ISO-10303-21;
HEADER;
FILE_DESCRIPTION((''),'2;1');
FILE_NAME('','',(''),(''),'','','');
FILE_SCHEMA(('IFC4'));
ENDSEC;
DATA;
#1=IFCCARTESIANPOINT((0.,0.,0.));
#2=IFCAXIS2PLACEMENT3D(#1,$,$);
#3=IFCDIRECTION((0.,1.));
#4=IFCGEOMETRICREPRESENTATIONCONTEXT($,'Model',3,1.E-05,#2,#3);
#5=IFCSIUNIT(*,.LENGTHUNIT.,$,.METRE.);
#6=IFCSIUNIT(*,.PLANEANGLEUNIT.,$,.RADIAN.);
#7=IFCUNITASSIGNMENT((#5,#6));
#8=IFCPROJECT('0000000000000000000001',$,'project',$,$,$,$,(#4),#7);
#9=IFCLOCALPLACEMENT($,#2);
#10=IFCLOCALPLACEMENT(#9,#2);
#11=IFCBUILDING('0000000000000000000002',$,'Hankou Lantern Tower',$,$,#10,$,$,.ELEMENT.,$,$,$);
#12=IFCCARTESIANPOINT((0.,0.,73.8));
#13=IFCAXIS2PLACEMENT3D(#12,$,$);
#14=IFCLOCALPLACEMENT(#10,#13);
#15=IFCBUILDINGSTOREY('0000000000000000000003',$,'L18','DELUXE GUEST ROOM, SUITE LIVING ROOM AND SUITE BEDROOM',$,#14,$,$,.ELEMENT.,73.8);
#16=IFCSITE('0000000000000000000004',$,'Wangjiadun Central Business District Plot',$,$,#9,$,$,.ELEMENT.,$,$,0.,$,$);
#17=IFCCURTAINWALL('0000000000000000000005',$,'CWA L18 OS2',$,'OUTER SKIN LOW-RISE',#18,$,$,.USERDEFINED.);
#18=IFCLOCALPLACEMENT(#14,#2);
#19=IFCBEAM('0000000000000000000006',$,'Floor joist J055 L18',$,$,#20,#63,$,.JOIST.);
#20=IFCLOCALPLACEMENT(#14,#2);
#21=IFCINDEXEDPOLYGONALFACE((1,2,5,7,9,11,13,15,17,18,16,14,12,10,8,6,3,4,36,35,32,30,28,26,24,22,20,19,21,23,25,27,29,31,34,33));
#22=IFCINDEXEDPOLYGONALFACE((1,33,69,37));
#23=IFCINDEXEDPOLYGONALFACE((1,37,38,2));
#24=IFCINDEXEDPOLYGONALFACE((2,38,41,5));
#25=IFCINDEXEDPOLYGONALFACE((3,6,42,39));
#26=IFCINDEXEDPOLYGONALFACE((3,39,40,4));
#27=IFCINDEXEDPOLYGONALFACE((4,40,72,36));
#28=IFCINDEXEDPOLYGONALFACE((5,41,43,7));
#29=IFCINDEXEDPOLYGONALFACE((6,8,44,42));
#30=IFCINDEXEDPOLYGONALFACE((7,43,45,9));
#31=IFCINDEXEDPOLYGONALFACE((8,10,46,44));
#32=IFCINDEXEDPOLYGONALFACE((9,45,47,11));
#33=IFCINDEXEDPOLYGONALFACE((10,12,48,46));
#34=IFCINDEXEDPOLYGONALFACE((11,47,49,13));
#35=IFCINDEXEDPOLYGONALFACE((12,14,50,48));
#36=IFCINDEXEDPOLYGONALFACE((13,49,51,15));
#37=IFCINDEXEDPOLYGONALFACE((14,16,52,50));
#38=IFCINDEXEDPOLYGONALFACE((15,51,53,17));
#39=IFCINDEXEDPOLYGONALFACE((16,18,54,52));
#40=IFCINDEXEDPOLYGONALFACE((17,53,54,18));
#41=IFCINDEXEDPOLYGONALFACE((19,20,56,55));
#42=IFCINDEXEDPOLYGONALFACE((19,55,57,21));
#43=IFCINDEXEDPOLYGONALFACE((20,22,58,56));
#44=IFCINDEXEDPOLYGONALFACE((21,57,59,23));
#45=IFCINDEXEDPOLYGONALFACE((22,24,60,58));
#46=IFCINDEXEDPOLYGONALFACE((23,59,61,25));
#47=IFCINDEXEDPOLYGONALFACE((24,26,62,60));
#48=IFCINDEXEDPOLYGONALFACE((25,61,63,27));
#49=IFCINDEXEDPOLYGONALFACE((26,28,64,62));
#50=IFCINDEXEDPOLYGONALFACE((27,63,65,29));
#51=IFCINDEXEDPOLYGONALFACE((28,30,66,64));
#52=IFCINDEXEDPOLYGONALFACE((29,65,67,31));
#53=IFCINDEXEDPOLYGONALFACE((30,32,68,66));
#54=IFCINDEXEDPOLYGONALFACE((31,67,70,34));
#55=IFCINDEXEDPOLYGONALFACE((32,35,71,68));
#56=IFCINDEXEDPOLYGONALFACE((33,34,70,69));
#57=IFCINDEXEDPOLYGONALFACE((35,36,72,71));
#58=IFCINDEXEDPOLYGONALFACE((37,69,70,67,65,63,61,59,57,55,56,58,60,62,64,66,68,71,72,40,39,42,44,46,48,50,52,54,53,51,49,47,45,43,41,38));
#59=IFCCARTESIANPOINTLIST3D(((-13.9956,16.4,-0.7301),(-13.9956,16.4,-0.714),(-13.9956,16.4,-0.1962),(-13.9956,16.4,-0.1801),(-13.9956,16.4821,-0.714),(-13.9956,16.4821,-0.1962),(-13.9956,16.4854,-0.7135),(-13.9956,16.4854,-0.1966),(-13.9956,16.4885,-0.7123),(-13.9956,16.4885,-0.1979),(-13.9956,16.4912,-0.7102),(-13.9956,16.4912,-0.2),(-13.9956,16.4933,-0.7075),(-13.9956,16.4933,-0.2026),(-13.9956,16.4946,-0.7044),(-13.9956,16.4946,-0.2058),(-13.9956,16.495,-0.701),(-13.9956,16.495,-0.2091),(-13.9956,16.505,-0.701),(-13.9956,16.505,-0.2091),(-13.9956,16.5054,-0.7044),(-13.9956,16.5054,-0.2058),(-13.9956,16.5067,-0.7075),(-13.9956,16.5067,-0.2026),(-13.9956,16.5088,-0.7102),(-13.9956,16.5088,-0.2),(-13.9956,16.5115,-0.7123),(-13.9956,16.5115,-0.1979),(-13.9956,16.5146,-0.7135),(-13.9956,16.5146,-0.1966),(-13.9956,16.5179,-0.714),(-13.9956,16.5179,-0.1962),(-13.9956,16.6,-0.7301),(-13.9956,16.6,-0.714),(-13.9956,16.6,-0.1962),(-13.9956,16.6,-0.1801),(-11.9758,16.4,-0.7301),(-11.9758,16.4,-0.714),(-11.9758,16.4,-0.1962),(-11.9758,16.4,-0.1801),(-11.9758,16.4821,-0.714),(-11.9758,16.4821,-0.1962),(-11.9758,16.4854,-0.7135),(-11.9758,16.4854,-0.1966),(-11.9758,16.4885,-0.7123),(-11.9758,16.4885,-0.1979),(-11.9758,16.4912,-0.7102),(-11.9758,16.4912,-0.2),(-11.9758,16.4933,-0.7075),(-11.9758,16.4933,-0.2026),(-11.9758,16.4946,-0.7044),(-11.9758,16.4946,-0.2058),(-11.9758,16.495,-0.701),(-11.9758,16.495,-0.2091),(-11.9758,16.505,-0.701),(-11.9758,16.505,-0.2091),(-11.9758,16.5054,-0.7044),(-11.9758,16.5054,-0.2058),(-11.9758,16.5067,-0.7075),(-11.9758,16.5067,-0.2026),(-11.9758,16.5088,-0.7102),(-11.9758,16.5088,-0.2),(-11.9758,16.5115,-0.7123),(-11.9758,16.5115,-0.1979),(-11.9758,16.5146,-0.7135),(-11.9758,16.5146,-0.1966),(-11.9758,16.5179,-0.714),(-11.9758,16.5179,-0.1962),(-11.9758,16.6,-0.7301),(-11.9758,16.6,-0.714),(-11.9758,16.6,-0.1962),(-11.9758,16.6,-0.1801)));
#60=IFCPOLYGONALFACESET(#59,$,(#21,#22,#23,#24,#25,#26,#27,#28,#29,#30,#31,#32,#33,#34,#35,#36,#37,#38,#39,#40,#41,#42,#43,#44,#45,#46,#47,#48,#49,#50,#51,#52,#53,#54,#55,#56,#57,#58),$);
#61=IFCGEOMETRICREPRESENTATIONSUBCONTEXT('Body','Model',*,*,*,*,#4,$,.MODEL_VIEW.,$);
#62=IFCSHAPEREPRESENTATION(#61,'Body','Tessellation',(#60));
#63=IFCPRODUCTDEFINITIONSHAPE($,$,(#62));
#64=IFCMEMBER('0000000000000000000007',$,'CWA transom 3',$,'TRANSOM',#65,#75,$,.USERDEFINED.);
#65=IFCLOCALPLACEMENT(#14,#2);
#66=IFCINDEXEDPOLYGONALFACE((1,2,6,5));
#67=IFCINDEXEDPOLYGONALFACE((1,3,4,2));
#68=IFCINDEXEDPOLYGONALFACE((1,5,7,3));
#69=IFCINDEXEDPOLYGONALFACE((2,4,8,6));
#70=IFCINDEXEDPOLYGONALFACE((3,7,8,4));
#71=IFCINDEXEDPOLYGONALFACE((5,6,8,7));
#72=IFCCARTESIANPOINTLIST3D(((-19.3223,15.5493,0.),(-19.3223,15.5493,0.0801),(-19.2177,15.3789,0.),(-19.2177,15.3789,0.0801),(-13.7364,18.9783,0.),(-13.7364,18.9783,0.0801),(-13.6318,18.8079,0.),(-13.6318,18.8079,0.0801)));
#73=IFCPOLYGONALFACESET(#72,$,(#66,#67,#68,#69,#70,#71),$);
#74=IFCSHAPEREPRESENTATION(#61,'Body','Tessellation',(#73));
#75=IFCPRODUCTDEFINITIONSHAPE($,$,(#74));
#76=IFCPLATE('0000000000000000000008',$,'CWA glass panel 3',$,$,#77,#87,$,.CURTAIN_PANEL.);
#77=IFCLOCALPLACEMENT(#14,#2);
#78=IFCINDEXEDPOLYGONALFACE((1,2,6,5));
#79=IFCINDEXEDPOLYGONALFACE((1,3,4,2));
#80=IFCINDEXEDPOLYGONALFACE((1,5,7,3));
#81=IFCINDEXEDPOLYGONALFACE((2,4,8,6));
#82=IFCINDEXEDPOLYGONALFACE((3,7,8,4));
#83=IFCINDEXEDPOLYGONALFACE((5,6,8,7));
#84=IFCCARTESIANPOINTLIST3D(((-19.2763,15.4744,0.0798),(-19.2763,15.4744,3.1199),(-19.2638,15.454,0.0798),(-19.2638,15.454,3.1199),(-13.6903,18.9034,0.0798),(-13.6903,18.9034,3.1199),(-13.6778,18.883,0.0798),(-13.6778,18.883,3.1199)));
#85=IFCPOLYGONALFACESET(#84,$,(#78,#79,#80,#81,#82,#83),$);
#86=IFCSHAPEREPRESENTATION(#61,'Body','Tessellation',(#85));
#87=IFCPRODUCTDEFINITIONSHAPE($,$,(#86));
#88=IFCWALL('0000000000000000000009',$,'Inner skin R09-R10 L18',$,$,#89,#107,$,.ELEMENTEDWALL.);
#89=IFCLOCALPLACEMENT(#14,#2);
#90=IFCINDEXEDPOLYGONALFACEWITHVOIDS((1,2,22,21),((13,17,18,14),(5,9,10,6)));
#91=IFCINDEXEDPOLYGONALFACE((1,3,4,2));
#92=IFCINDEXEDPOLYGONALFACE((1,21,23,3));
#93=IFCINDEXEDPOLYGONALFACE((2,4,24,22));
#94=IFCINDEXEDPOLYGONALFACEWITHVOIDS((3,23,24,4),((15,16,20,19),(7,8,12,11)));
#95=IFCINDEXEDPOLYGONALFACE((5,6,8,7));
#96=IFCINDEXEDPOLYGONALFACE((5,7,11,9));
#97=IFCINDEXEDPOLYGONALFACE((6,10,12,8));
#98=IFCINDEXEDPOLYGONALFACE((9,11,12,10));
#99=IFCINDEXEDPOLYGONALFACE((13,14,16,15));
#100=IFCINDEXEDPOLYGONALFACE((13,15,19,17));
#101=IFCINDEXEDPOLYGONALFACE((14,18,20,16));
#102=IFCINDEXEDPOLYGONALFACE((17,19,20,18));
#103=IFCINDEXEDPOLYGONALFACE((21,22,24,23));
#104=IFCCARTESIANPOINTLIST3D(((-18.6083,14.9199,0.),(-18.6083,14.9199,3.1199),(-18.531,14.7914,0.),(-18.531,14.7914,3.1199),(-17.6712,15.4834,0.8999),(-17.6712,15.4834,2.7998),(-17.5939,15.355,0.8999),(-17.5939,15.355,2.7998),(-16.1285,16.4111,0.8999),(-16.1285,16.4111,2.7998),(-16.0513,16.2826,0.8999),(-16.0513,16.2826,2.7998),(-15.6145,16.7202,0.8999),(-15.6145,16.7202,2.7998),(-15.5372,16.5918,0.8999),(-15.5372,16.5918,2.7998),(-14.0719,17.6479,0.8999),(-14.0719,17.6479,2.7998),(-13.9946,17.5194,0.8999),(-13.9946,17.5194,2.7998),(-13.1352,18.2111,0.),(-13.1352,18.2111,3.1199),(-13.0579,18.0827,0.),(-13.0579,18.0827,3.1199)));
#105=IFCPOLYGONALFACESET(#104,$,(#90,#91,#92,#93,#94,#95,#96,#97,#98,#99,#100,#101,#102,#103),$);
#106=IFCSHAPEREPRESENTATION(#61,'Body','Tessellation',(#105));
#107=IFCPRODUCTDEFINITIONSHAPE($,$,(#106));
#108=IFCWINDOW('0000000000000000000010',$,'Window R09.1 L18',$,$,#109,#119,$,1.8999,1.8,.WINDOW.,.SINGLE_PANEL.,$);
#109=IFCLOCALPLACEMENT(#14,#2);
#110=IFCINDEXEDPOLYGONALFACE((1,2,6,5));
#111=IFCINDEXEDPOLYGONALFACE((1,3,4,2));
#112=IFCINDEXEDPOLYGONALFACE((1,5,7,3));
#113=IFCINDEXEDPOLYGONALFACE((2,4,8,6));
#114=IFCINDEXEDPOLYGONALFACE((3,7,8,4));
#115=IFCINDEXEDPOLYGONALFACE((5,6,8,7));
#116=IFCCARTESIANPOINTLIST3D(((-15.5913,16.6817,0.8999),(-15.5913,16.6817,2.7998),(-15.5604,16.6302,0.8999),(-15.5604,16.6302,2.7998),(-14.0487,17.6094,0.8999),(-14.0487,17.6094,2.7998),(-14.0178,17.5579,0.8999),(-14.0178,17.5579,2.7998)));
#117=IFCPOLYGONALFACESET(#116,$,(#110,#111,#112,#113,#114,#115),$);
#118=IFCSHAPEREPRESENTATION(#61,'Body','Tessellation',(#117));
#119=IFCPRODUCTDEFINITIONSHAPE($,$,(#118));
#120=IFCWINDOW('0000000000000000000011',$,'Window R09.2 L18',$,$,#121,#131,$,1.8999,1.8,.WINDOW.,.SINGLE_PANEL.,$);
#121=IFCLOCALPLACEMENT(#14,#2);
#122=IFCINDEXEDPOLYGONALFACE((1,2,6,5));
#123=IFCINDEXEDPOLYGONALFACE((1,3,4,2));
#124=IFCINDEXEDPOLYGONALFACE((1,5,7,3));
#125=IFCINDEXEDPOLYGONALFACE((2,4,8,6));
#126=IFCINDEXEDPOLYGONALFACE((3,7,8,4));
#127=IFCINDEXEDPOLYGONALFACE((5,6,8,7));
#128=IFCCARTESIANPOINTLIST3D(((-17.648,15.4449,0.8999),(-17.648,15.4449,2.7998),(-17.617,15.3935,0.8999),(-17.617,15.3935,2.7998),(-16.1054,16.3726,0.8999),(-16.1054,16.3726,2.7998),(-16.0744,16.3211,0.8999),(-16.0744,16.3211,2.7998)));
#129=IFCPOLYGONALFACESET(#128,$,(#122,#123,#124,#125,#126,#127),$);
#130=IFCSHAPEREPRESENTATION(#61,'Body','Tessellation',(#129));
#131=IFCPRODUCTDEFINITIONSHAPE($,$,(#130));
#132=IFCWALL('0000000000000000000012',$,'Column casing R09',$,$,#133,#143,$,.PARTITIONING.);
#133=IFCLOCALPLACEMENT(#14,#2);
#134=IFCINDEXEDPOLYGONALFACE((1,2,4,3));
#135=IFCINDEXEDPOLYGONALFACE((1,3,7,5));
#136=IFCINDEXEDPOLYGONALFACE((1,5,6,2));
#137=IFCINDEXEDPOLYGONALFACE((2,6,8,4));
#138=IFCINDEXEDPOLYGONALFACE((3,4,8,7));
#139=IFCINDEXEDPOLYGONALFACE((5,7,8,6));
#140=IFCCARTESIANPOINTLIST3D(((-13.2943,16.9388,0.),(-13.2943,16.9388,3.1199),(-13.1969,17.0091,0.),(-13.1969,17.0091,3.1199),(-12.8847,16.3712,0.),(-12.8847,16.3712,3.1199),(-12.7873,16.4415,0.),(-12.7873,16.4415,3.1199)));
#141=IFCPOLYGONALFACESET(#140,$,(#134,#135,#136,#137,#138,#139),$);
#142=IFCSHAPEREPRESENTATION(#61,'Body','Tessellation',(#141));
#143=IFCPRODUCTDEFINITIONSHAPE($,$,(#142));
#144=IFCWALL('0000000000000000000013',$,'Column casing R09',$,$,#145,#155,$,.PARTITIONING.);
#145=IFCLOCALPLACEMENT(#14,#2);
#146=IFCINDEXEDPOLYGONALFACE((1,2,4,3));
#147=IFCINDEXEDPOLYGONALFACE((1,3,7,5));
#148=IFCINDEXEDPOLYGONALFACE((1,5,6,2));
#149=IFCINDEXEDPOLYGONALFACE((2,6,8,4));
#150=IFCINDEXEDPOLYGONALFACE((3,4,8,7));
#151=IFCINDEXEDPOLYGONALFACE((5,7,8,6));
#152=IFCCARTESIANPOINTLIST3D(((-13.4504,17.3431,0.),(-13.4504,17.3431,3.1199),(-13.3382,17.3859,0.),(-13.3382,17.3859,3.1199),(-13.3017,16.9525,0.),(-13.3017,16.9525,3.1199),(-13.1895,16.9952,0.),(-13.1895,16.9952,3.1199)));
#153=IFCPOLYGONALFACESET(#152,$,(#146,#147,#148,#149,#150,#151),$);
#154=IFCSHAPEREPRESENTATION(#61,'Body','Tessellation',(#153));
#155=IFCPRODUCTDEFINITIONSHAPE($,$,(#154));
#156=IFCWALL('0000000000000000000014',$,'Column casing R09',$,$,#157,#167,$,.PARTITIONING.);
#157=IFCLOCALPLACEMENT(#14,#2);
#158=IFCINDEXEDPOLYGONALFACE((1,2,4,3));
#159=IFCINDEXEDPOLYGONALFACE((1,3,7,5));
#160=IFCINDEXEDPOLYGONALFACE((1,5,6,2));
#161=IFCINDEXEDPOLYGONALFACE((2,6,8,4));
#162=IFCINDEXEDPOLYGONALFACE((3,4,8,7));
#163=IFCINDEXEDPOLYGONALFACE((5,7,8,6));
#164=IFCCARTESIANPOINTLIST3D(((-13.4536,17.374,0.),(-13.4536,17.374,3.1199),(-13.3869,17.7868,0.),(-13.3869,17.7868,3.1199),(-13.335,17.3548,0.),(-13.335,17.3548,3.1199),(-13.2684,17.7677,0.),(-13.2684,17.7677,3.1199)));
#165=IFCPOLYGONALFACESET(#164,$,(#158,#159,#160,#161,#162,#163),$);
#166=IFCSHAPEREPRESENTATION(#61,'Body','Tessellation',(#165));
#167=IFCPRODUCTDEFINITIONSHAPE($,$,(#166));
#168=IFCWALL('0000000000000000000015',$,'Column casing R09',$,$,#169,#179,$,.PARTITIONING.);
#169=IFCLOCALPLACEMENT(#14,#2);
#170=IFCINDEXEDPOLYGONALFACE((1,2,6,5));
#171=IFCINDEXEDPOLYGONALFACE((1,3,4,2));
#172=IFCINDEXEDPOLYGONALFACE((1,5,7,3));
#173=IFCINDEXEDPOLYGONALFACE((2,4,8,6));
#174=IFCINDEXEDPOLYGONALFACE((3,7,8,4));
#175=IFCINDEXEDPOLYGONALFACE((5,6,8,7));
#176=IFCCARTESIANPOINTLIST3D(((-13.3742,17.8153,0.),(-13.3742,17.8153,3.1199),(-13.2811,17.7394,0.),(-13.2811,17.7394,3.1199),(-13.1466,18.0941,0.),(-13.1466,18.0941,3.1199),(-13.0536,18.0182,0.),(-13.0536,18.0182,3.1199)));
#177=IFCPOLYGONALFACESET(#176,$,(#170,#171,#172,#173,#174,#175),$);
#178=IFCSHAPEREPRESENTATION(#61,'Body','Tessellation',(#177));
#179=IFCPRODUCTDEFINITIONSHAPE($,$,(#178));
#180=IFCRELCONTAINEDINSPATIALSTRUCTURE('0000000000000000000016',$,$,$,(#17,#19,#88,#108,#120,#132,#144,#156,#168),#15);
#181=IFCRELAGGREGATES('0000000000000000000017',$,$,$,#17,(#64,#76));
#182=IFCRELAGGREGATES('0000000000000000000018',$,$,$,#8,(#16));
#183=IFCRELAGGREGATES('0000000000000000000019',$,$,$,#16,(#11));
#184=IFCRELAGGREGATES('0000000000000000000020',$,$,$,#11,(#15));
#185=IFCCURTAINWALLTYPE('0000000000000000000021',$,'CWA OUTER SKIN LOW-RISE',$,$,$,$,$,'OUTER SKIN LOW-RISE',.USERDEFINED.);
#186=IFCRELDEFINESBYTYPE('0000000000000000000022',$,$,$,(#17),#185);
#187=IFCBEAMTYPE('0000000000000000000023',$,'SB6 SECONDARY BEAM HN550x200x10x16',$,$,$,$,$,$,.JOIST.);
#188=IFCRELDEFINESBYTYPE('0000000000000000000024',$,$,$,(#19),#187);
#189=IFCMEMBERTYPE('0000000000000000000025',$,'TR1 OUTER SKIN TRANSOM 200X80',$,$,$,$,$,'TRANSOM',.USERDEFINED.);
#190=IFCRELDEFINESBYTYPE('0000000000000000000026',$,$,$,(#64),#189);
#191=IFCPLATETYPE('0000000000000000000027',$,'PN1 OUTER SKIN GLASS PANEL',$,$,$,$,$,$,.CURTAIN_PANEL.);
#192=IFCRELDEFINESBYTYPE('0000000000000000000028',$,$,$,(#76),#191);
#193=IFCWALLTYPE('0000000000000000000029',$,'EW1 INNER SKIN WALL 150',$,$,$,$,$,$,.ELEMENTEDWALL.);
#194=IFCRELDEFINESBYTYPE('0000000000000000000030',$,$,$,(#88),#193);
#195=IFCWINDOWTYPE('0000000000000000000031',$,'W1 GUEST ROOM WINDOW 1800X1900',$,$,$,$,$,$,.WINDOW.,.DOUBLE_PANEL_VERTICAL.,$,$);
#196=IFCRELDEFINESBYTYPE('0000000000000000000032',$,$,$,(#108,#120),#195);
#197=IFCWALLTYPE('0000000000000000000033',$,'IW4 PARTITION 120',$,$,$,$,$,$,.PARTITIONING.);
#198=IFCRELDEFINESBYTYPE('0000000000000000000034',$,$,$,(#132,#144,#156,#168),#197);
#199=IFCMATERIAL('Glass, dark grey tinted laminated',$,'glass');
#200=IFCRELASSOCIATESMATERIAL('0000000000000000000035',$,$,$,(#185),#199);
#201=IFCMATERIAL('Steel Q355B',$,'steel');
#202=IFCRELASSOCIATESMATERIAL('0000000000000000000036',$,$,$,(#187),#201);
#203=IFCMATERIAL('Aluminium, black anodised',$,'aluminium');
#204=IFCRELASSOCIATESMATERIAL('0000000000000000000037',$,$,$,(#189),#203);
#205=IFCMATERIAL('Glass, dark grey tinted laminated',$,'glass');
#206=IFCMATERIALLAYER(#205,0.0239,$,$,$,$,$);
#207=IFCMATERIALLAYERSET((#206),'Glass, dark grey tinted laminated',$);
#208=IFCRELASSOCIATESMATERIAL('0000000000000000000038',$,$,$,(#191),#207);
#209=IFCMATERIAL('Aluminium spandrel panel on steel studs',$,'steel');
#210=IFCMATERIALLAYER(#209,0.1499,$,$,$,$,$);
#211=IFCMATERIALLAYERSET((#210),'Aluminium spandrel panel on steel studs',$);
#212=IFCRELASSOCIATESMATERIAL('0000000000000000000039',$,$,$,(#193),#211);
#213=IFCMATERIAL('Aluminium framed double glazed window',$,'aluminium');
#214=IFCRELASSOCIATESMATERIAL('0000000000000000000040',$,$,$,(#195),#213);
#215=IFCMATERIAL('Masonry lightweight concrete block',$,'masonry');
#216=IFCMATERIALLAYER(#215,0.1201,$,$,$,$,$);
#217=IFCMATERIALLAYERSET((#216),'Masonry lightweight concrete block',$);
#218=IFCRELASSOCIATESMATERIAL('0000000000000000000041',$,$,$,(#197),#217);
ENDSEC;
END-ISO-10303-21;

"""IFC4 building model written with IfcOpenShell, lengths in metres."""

from ifc_helpers import new_model, si_unit, direction, frame, frame_2d, origin, origin_2d, place, context, subcontext, project, spatial, rectangle, i_section, extrude, material, layer, layer_set, material_profile, profile_set, type_object, element, fill, aggregate, save


model = new_model("IFC4")

# Units and contexts
model_context = context("Model", 3, precision=1e-05, world=origin(), true_north=direction((0.0, 1.0)))
body_context = subcontext(model_context, "Body", "Model", "MODEL_VIEW")
ifc_project = project(units=[si_unit("LENGTHUNIT", "METRE"), si_unit("PLANEANGLEUNIT", "RADIAN")], contexts=[model_context])

# Site, building, storey
site_placement = place(None, origin())
site = spatial("IfcSite", under=ifc_project, at=site_placement, Name="Wangjiadun Central Business District Plot", CompositionType="ELEMENT", RefElevation=0.0)
building_placement = place(site_placement, origin())
building = spatial("IfcBuilding", under=site, at=building_placement, Name="Hankou Lantern Tower", CompositionType="ELEMENT")
storey_placement = place(building_placement, frame((0.0, 0.0, 73.8)))
storey = spatial("IfcBuildingStorey", under=building, at=storey_placement, Name="L18", Description="DELUXE GUEST ROOM, SUITE LIVING ROOM AND SUITE BEDROOM", CompositionType="ELEMENT", Elevation=73.8)

# Curtain wall
ifc_material_1 = material(Name="Glass, dark grey tinted laminated", Category="glass")
curtain_wall_type = type_object("IfcCurtainWallType", Name="CWA OUTER SKIN LOW-RISE", ElementType="OUTER SKIN LOW-RISE", PredefinedType="USERDEFINED", material=ifc_material_1)
curtain_wall_placement = place(storey_placement, origin())
curtain_wall = element("IfcCurtainWall", 1, at=curtain_wall_placement, inside=storey, type_object=curtain_wall_type, Name="CWA L18 OS2", ObjectType="OUTER SKIN LOW-RISE", PredefinedType="USERDEFINED")

# Beam
ifc_material_2 = material(Name="Steel Q355B", Category="steel")
ifc_material_profile_1 = material_profile(ifc_material_2, i_section(OverallWidth=0.2, OverallDepth=0.55, WebThickness=0.01, FlangeThickness=0.0161, FilletRadius=0.0129, at=origin_2d()), Name="HN550x200x10x16")
ifc_profile_set_1 = profile_set([ifc_material_profile_1], Name="Steel Q355B")
beam_type_1 = type_object("IfcBeamType", Name="SB6 SECONDARY BEAM HN550x200x10x16", PredefinedType="JOIST", material=ifc_profile_set_1)
beam_1_placement = place(storey_placement, frame((-13.9956, 16.5, -0.4551), z_axis=(1.0, 0.0, 0.0), x_axis=(0.0, 1.0, 0.0)))
element("IfcBeam", 2, at=beam_1_placement, inside=storey, type_object=beam_type_1, Name="Floor joist J055 L18", PredefinedType="JOIST", context=body_context, shape_type="SweptSolid", body=[
    extrude(i_section(OverallWidth=0.2, OverallDepth=0.55, WebThickness=0.01, FlangeThickness=0.0161, FilletRadius=0.0129, at=origin_2d()), origin(), (0.0, 0.0, 1.0), 2.0198),
])

# Member
ifc_material_3 = material(Name="Aluminium, black anodised", Category="aluminium")
ifc_material_profile_2 = material_profile(ifc_material_3, rectangle(XDim=0.2, YDim=0.0801, at=origin_2d()), Name="TR1 200X80")
ifc_profile_set_2 = profile_set([ifc_material_profile_2], Name="Aluminium, black anodised")
member_type_1 = type_object("IfcMemberType", Name="TR1 OUTER SKIN TRANSOM 200X80", ElementType="TRANSOM", PredefinedType="USERDEFINED", material=ifc_profile_set_2)
member_1_placement = place(storey_placement, frame((-13.6841, 18.8931, 0.04), z_axis=(-0.85224, -0.523152, 0.0), x_axis=(0.523152, -0.85224, 0.0)))
member_1 = element("IfcMember", 3, at=member_1_placement, type_object=member_type_1, Name="CWA transom 3", ObjectType="TRANSOM", PredefinedType="USERDEFINED", context=body_context, shape_type="SweptSolid", body=[
    extrude(rectangle(XDim=0.2, YDim=0.0801, at=origin_2d()), origin(), (0.0, 0.0, 1.0), 6.5544),
])

# Plate
ifc_material_4 = material(Name="Glass, dark grey tinted laminated", Category="glass")
ifc_layer_1 = layer(ifc_material_4, 0.0239)
ifc_layer_set_1 = layer_set([ifc_layer_1], Name="Glass, dark grey tinted laminated")
plate_type = type_object("IfcPlateType", Name="PN1 OUTER SKIN GLASS PANEL", PredefinedType="CURTAIN_PANEL", material=ifc_layer_set_1)
plate_placement = place(storey_placement, frame((-16.4771, 17.1787, 0.0798), z_axis=(0.0, 0.0, 1.0), x_axis=(-0.852237, -0.523156, 0.0)))
plate = element("IfcPlate", 4, at=plate_placement, type_object=plate_type, Name="CWA glass panel 3", PredefinedType="CURTAIN_PANEL", context=body_context, shape_type="SweptSolid", body=[
    extrude(rectangle(XDim=6.5544, YDim=0.0239, at=origin_2d()), origin(), (0.0, 0.0, 1.0), 3.04),
])
aggregate(curtain_wall, [member_1, plate])

# Wall, openings, windows
ifc_material_5 = material(Name="Aluminium spandrel panel on steel studs", Category="steel")
ifc_layer_2 = layer(ifc_material_5, 0.1499)
ifc_layer_set_2 = layer_set([ifc_layer_2], Name="Aluminium spandrel panel on steel studs")
wall_type_1 = type_object("IfcWallType", Name="EW1 INNER SKIN WALL 150", PredefinedType="ELEMENTEDWALL", material=ifc_layer_set_2)
wall_1_placement = place(storey_placement, frame((-13.0964, 18.147, 0.0), z_axis=(0.0, 0.0, 1.0), x_axis=(-0.856983, -0.515344, 0.0)))
wall_1 = element("IfcWall", 5, at=wall_1_placement, inside=storey, type_object=wall_type_1, Name="Inner skin R09-R10 L18", PredefinedType="ELEMENTEDWALL", context=body_context, shape_type="SweptSolid", body=[
    extrude(rectangle(XDim=6.3865, YDim=0.1499, at=frame_2d((3.1934, 0.0))), origin(), (0.0, 0.0, 1.0), 3.1199),
])
opening_1_placement = place(wall_1_placement, frame((1.0933, 0.0, 0.8999)))
opening_1 = element("IfcOpeningElement", 6, at=opening_1_placement, cuts=wall_1, PredefinedType="OPENING", context=body_context, shape_type="SweptSolid", body=[
    extrude(rectangle(XDim=1.8, YDim=1.8999, at=frame_2d((0.8999, 0.95))), frame((0.0, 0.085, 0.0), z_axis=(0.0, -1.0, 0.0), x_axis=(1.0, 0.0, 0.0)), (0.0, 0.0, 1.0), 0.1699),
])
opening_2_placement = place(wall_1_placement, frame((3.4932, 0.0, 0.8999)))
opening_2 = element("IfcOpeningElement", 7, at=opening_2_placement, cuts=wall_1, PredefinedType="OPENING", context=body_context, shape_type="SweptSolid", body=[
    extrude(rectangle(XDim=1.8, YDim=1.8999, at=frame_2d((0.8999, 0.95))), frame((0.0, 0.085, 0.0), z_axis=(0.0, -1.0, 0.0), x_axis=(1.0, 0.0, 0.0)), (0.0, 0.0, 1.0), 0.1699),
])
ifc_material_6 = material(Name="Aluminium framed double glazed window", Category="aluminium")
window_type = type_object("IfcWindowType", Name="W1 GUEST ROOM WINDOW 1800X1900", PartitioningType="DOUBLE_PANEL_VERTICAL", PredefinedType="WINDOW", material=ifc_material_6)
window_1_placement = place(opening_1_placement, origin())
window_1 = element("IfcWindow", 8, at=window_1_placement, inside=storey, type_object=window_type, Name="Window R09.1 L18", OverallHeight=1.8999, OverallWidth=1.8, PartitioningType="SINGLE_PANEL", PredefinedType="WINDOW", context=body_context, shape_type="SweptSolid", body=[
    extrude(rectangle(XDim=1.8, YDim=1.8999, at=frame_2d((0.8999, 0.95))), frame((0.0, 0.03, 0.0), z_axis=(0.0, -1.0, 0.0), x_axis=(1.0, 0.0, 0.0)), (0.0, 0.0, 1.0), 0.0601),
])
fill(opening_1, window_1)
window_2_placement = place(opening_2_placement, origin())
window_2 = element("IfcWindow", 9, at=window_2_placement, inside=storey, type_object=window_type, Name="Window R09.2 L18", OverallHeight=1.8999, OverallWidth=1.8, PartitioningType="SINGLE_PANEL", PredefinedType="WINDOW", context=body_context, shape_type="SweptSolid", body=[
    extrude(rectangle(XDim=1.8, YDim=1.8999, at=frame_2d((0.8999, 0.95))), frame((0.0, 0.03, 0.0), z_axis=(0.0, -1.0, 0.0), x_axis=(1.0, 0.0, 0.0)), (0.0, 0.0, 1.0), 0.0601),
])
fill(opening_2, window_2)

# Walls
ifc_material_7 = material(Name="Masonry lightweight concrete block", Category="masonry")
ifc_layer_3 = layer(ifc_material_7, 0.1201)
ifc_layer_set_3 = layer_set([ifc_layer_3], Name="Masonry lightweight concrete block")
wall_type_2 = type_object("IfcWallType", Name="IW4 PARTITION 120", PredefinedType="PARTITIONING", material=ifc_layer_set_3)
wall_2_placement = place(storey_placement, frame((-12.8359, 16.4062, 0.0), z_axis=(0.0, 0.0, 1.0), x_axis=(-0.585223, 0.810872, 0.0)))
element("IfcWall", 10, at=wall_2_placement, inside=storey, type_object=wall_type_2, Name="Column casing R09", PredefinedType="PARTITIONING", context=body_context, shape_type="SweptSolid", body=[
    extrude(rectangle(XDim=0.7, YDim=0.1201, at=frame_2d((0.3501, 0.0))), origin(), (0.0, 0.0, 1.0), 3.1199),
])
wall_3_placement = place(storey_placement, frame((-13.2456, 16.9739, 0.0), z_axis=(0.0, 0.0, 1.0), x_axis=(-0.355728, 0.934589, 0.0)))
element("IfcWall", 11, at=wall_3_placement, inside=storey, type_object=wall_type_2, Name="Column casing R09", PredefinedType="PARTITIONING", context=body_context, shape_type="SweptSolid", body=[
    extrude(rectangle(XDim=0.418, YDim=0.1201, at=frame_2d((0.209, 0.0))), origin(), (0.0, 0.0, 1.0), 3.1199),
])
wall_4_placement = place(storey_placement, frame((-13.3943, 17.3645, 0.0), z_axis=(0.0, 0.0, 1.0), x_axis=(0.159379, 0.987217, 0.0)))
element("IfcWall", 12, at=wall_4_placement, inside=storey, type_object=wall_type_2, Name="Column casing R09", PredefinedType="PARTITIONING", context=body_context, shape_type="SweptSolid", body=[
    extrude(rectangle(XDim=0.4182, YDim=0.1201, at=frame_2d((0.209, 0.0))), origin(), (0.0, 0.0, 1.0), 3.1199),
])
wall_5_placement = place(storey_placement, frame((-13.3276, 17.7773, 0.0), z_axis=(0.0, 0.0, 1.0), x_axis=(0.632277, 0.774743, 0.0)))
element("IfcWall", 13, at=wall_5_placement, inside=storey, type_object=wall_type_2, Name="Column casing R09", PredefinedType="PARTITIONING", context=body_context, shape_type="SweptSolid", body=[
    extrude(rectangle(XDim=0.3599, YDim=0.1201, at=frame_2d((0.1799, 0.0))), origin(), (0.0, 0.0, 1.0), 3.1199),
])

save(model, "model.ifc")
